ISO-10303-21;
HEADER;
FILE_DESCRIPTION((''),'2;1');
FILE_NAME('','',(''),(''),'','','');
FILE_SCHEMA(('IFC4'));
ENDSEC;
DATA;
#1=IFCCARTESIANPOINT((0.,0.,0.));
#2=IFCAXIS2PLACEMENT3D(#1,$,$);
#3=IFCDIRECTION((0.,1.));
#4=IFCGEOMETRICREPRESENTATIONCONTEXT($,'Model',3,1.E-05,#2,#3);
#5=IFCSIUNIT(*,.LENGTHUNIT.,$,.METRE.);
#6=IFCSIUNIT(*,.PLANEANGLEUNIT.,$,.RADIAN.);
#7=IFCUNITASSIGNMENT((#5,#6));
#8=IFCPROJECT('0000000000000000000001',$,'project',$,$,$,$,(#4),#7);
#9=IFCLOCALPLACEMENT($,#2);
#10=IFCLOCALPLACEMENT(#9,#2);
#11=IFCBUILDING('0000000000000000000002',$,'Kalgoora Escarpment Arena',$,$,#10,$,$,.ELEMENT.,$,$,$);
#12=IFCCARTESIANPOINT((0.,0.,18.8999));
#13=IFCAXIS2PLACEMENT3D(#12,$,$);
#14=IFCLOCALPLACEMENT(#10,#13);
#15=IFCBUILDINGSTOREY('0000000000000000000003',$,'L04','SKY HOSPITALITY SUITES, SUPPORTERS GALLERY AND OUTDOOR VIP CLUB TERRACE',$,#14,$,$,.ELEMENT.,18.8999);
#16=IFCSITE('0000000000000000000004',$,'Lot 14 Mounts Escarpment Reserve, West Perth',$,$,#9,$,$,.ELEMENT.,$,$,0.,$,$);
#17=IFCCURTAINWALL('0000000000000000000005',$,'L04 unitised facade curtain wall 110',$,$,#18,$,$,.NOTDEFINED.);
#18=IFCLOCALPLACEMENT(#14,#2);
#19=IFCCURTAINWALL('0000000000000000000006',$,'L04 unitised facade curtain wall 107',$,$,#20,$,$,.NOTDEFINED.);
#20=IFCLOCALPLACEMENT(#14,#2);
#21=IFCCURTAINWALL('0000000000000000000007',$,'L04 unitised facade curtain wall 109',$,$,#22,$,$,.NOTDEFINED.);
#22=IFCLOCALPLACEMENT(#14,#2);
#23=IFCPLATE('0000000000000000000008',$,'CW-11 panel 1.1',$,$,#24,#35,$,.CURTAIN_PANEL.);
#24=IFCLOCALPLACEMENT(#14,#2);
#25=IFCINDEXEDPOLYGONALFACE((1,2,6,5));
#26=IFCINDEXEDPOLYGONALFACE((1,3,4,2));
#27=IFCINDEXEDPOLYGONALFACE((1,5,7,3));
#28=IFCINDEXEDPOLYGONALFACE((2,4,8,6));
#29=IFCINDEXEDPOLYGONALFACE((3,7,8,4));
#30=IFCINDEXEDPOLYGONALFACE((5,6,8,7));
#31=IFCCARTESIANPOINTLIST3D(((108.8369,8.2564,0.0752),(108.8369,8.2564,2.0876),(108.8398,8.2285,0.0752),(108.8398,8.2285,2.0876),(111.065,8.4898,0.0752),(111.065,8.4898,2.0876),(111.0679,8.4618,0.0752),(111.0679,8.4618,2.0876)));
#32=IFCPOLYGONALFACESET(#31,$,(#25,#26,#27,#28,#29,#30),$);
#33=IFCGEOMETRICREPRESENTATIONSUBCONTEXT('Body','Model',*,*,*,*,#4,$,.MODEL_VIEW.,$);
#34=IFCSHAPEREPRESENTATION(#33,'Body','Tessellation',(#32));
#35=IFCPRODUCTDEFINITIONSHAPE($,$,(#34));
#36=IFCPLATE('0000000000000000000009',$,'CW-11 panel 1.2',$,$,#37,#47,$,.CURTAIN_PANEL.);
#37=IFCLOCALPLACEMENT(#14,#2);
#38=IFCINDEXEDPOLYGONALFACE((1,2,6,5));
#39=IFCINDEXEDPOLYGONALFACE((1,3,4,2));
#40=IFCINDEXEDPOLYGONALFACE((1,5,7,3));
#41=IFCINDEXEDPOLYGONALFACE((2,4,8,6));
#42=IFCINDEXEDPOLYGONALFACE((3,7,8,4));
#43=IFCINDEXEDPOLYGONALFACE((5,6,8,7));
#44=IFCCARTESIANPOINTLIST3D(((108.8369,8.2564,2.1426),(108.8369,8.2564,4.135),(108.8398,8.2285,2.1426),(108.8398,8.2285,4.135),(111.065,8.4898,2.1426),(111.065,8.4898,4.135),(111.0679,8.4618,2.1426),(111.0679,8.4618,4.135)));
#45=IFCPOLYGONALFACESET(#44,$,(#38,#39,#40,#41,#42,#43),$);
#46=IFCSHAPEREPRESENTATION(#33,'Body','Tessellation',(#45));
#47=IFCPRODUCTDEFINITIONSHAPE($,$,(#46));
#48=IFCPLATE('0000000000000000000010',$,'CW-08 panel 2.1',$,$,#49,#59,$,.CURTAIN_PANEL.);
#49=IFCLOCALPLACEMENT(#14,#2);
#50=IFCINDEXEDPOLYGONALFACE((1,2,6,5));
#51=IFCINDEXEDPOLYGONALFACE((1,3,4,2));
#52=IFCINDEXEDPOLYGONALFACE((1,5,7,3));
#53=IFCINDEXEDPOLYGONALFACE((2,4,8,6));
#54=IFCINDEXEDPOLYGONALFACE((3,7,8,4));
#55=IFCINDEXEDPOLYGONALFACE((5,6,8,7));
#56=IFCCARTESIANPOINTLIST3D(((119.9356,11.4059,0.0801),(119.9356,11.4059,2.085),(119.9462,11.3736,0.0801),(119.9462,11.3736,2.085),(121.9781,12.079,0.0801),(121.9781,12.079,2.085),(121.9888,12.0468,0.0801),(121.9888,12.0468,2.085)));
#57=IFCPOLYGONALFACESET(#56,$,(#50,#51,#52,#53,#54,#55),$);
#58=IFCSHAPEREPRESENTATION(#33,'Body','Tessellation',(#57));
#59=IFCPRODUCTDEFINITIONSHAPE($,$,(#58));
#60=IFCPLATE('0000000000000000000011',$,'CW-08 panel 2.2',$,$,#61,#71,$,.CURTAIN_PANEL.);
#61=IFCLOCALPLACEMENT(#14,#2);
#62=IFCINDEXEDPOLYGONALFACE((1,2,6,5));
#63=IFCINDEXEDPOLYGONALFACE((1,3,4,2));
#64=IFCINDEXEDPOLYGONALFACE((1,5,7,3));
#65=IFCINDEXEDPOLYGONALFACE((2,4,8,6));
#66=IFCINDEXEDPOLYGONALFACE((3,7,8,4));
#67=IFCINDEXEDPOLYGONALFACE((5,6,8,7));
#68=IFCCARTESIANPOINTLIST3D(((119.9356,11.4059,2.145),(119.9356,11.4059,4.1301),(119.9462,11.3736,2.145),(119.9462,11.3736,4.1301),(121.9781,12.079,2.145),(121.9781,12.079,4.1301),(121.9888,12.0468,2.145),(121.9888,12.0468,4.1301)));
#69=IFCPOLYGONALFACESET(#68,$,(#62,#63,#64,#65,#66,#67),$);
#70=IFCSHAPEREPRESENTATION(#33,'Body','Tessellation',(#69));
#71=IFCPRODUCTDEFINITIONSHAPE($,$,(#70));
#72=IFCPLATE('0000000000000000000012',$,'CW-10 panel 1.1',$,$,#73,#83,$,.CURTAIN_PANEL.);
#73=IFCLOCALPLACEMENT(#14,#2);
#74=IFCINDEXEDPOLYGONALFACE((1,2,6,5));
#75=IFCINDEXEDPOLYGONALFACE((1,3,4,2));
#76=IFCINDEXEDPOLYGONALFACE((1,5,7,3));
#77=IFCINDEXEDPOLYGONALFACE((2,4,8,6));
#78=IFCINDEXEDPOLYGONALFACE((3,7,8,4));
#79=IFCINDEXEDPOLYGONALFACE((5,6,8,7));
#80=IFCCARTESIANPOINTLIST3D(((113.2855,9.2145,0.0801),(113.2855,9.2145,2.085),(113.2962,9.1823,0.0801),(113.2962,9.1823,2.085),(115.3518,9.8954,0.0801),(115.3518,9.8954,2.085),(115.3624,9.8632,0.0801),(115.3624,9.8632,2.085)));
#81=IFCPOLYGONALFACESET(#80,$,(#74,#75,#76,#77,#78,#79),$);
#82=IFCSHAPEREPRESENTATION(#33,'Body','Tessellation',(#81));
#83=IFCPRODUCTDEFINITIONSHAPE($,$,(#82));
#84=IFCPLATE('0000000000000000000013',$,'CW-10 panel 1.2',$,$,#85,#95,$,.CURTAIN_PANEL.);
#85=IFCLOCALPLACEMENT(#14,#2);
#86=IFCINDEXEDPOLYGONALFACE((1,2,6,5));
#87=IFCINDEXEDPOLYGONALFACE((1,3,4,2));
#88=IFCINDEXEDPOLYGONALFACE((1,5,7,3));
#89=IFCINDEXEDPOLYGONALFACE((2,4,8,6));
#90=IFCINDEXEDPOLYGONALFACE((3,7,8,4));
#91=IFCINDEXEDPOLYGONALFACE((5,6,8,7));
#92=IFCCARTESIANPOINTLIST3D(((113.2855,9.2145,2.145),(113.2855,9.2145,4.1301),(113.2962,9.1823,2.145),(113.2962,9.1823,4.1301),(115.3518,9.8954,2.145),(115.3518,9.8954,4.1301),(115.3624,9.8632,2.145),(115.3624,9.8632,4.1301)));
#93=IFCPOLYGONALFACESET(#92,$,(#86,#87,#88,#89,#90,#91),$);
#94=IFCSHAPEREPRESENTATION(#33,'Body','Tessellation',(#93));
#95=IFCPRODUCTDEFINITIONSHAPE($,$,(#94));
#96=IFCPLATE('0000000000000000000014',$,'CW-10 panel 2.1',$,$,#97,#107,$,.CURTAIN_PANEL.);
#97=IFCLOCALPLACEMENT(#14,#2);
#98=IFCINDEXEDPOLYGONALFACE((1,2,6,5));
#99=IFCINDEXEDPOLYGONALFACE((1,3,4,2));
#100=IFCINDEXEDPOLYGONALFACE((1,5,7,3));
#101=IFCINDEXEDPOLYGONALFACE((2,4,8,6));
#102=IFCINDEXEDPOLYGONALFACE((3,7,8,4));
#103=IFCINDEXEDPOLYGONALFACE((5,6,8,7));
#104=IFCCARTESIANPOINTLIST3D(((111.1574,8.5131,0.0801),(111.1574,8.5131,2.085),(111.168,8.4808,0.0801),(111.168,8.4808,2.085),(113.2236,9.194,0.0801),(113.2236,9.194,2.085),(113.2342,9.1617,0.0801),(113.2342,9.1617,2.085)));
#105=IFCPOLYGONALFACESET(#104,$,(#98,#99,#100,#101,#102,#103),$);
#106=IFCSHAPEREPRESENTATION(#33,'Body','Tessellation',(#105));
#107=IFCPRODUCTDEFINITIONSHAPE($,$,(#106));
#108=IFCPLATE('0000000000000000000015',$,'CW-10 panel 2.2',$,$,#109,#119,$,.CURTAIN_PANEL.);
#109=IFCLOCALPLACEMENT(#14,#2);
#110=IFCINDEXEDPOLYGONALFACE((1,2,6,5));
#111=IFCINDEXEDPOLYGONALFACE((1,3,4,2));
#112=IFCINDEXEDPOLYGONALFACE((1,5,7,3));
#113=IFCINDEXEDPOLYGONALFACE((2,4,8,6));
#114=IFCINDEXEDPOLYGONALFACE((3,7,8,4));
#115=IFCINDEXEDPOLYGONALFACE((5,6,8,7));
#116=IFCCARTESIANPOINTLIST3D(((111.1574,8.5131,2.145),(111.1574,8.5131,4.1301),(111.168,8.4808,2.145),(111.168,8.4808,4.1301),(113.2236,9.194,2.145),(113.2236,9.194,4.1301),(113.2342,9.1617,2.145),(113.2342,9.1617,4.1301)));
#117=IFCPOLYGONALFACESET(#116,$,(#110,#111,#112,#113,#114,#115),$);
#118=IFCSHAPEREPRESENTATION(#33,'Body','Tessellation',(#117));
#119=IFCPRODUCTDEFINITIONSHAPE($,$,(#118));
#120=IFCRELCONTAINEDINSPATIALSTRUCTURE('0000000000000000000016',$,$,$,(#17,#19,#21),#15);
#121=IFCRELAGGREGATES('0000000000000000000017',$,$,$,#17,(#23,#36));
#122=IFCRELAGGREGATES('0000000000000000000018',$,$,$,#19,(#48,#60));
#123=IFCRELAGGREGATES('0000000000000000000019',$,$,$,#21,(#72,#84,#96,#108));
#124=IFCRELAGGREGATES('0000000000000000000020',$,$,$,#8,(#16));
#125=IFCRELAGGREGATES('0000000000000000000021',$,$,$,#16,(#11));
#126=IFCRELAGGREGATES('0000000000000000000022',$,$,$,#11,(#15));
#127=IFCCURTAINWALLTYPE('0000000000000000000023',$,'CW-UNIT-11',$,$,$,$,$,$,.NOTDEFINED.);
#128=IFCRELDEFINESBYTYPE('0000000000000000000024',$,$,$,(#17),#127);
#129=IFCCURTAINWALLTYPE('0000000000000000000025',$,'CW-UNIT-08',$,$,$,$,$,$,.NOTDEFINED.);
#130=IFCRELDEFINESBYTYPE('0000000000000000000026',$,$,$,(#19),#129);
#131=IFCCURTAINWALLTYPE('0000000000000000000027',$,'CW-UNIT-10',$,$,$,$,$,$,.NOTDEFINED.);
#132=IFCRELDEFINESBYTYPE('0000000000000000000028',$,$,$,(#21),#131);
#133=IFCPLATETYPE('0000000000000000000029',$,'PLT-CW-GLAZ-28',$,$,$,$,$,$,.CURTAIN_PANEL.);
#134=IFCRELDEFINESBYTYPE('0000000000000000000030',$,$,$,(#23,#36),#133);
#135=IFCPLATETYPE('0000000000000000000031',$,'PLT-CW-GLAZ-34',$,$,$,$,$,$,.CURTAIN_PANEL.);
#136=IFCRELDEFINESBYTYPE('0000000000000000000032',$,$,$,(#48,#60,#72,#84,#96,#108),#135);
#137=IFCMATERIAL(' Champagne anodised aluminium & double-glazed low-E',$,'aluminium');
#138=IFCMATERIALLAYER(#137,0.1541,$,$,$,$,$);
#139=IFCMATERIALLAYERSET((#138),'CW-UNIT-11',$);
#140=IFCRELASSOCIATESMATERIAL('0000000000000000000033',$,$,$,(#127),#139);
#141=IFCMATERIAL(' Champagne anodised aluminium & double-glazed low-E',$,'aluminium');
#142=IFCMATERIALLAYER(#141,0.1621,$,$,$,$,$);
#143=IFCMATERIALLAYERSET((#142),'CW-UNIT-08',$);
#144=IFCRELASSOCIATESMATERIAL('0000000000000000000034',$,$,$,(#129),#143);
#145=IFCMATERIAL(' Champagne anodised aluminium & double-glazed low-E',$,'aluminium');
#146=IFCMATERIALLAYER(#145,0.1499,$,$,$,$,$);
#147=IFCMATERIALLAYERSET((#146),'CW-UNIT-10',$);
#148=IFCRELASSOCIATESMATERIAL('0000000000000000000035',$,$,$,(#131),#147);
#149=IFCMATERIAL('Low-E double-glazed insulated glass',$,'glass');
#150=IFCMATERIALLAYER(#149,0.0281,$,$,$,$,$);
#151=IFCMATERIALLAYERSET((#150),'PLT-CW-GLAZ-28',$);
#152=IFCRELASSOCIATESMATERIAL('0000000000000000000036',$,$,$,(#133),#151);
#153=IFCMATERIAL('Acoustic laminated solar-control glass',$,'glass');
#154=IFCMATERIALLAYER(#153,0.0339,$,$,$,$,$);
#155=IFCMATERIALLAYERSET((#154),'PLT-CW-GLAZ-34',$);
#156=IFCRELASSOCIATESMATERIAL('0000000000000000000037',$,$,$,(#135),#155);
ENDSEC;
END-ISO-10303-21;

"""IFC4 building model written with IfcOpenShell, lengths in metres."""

from ifc_helpers import new_model, si_unit, direction, frame, origin, origin_2d, place, context, subcontext, project, spatial, rectangle, extrude, material, layer, layer_set, type_object, element, aggregate, save


model = new_model("IFC4")

# Units and contexts
model_context = context("Model", 3, precision=1e-05, world=origin(), true_north=direction((0.0, 1.0)))
body_context = subcontext(model_context, "Body", "Model", "MODEL_VIEW")
ifc_project = project(units=[si_unit("LENGTHUNIT", "METRE"), si_unit("PLANEANGLEUNIT", "RADIAN")], contexts=[model_context])

# Site, building, storey
site_placement = place(None, origin())
site = spatial("IfcSite", under=ifc_project, at=site_placement, Name="Lot 14 Mounts Escarpment Reserve, West Perth", CompositionType="ELEMENT", RefElevation=0.0)
building_placement = place(site_placement, origin())
building = spatial("IfcBuilding", under=site, at=building_placement, Name="Kalgoora Escarpment Arena", CompositionType="ELEMENT")
storey_placement = place(building_placement, frame((0.0, 0.0, 18.8999)))
storey = spatial("IfcBuildingStorey", under=building, at=storey_placement, Name="L04", Description="SKY HOSPITALITY SUITES, SUPPORTERS GALLERY AND OUTDOOR VIP CLUB TERRACE", CompositionType="ELEMENT", Elevation=18.8999)

# Curtain walls
ifc_material_1 = material(Name=" Champagne anodised aluminium & double-glazed low-E", Category="aluminium")
ifc_layer_1 = layer(ifc_material_1, 0.1541)
ifc_layer_set_1 = layer_set([ifc_layer_1], Name="CW-UNIT-11")
curtain_wall_type_1 = type_object("IfcCurtainWallType", Name="CW-UNIT-11", PredefinedType="NOTDEFINED", material=ifc_layer_set_1)
curtain_wall_1_placement = place(storey_placement, origin())
curtain_wall_1 = element("IfcCurtainWall", 1, at=curtain_wall_1_placement, inside=storey, type_object=curtain_wall_type_1, Name="L04 unitised facade curtain wall 110", PredefinedType="NOTDEFINED")
ifc_material_2 = material(Name=" Champagne anodised aluminium & double-glazed low-E", Category="aluminium")
ifc_layer_2 = layer(ifc_material_2, 0.1621)
ifc_layer_set_2 = layer_set([ifc_layer_2], Name="CW-UNIT-08")
curtain_wall_type_2 = type_object("IfcCurtainWallType", Name="CW-UNIT-08", PredefinedType="NOTDEFINED", material=ifc_layer_set_2)
curtain_wall_2_placement = place(storey_placement, origin())
curtain_wall_2 = element("IfcCurtainWall", 2, at=curtain_wall_2_placement, inside=storey, type_object=curtain_wall_type_2, Name="L04 unitised facade curtain wall 107", PredefinedType="NOTDEFINED")

# Curtain wall
ifc_material_3 = material(Name=" Champagne anodised aluminium & double-glazed low-E", Category="aluminium")
ifc_layer_3 = layer(ifc_material_3, 0.1499)
ifc_layer_set_3 = layer_set([ifc_layer_3], Name="CW-UNIT-10")
curtain_wall_type_3 = type_object("IfcCurtainWallType", Name="CW-UNIT-10", PredefinedType="NOTDEFINED", material=ifc_layer_set_3)
curtain_wall_3_placement = place(storey_placement, origin())
curtain_wall_3 = element("IfcCurtainWall", 3, at=curtain_wall_3_placement, inside=storey, type_object=curtain_wall_type_3, Name="L04 unitised facade curtain wall 109", PredefinedType="NOTDEFINED")

# Plates
ifc_material_4 = material(Name="Low-E double-glazed insulated glass", Category="glass")
ifc_layer_4 = layer(ifc_material_4, 0.0281)
ifc_layer_set_4 = layer_set([ifc_layer_4], Name="PLT-CW-GLAZ-28")
plate_type_1 = type_object("IfcPlateType", Name="PLT-CW-GLAZ-28", PredefinedType="CURTAIN_PANEL", material=ifc_layer_set_4)
plate_1_placement = place(storey_placement, frame((109.9524, 8.3591, 0.0752), z_axis=(0.0, 0.0, 1.0), x_axis=(-0.994561, -0.104158, 0.0)))
plate_1 = element("IfcPlate", 4, at=plate_1_placement, type_object=plate_type_1, Name="CW-11 panel 1.1", PredefinedType="CURTAIN_PANEL", context=body_context, shape_type="SweptSolid", body=[
    extrude(rectangle(XDim=2.2402, YDim=0.0281, at=origin_2d()), origin(), (0.0, 0.0, 1.0), 2.0125),
])
plate_2_placement = place(storey_placement, frame((109.9524, 8.3591, 2.1426), z_axis=(0.0, 0.0, 1.0), x_axis=(-0.994561, -0.104158, 0.0)))
plate_2 = element("IfcPlate", 5, at=plate_2_placement, type_object=plate_type_1, Name="CW-11 panel 1.2", PredefinedType="CURTAIN_PANEL", context=body_context, shape_type="SweptSolid", body=[
    extrude(rectangle(XDim=2.2402, YDim=0.0281, at=origin_2d()), origin(), (0.0, 0.0, 1.0), 1.9924),
])
aggregate(curtain_wall_1, [plate_1, plate_2])
ifc_material_5 = material(Name="Acoustic laminated solar-control glass", Category="glass")
ifc_layer_5 = layer(ifc_material_5, 0.0339)
ifc_layer_set_5 = layer_set([ifc_layer_5], Name="PLT-CW-GLAZ-34")
plate_type_2 = type_object("IfcPlateType", Name="PLT-CW-GLAZ-34", PredefinedType="CURTAIN_PANEL", material=ifc_layer_set_5)
plate_3_placement = place(storey_placement, frame((120.9622, 11.7263, 0.0801), z_axis=(0.0, 0.0, 1.0), x_axis=(-0.949756, -0.31299, 0.0)))
plate_3 = element("IfcPlate", 6, at=plate_3_placement, type_object=plate_type_2, Name="CW-08 panel 2.1", PredefinedType="CURTAIN_PANEL", context=body_context, shape_type="SweptSolid", body=[
    extrude(rectangle(XDim=2.1506, YDim=0.0339, at=origin_2d()), origin(), (0.0, 0.0, 1.0), 2.0049),
])
plate_4_placement = place(storey_placement, frame((120.9622, 11.7263, 2.145), z_axis=(0.0, 0.0, 1.0), x_axis=(-0.949756, -0.31299, 0.0)))
plate_4 = element("IfcPlate", 7, at=plate_4_placement, type_object=plate_type_2, Name="CW-08 panel 2.2", PredefinedType="CURTAIN_PANEL", context=body_context, shape_type="SweptSolid", body=[
    extrude(rectangle(XDim=2.1506, YDim=0.0339, at=origin_2d()), origin(), (0.0, 0.0, 1.0), 1.9851),
])
aggregate(curtain_wall_2, [plate_3, plate_4])
plate_5_placement = place(storey_placement, frame((114.324, 9.5388, 0.0801), z_axis=(0.0, 0.0, 1.0), x_axis=(-0.94976, -0.312979, 0.0)))
plate_5 = element("IfcPlate", 8, at=plate_5_placement, type_object=plate_type_2, Name="CW-10 panel 1.1", PredefinedType="CURTAIN_PANEL", context=body_context, shape_type="SweptSolid", body=[
    extrude(rectangle(XDim=2.1755, YDim=0.0339, at=origin_2d()), origin(), (0.0, 0.0, 1.0), 2.0049),
])
plate_6_placement = place(storey_placement, frame((114.324, 9.5388, 2.145), z_axis=(0.0, 0.0, 1.0), x_axis=(-0.94976, -0.312979, 0.0)))
plate_6 = element("IfcPlate", 9, at=plate_6_placement, type_object=plate_type_2, Name="CW-10 panel 1.2", PredefinedType="CURTAIN_PANEL", context=body_context, shape_type="SweptSolid", body=[
    extrude(rectangle(XDim=2.1755, YDim=0.0339, at=origin_2d()), origin(), (0.0, 0.0, 1.0), 1.9851),
])
plate_7_placement = place(storey_placement, frame((112.1958, 8.8374, 0.0801), z_axis=(0.0, 0.0, 1.0), x_axis=(-0.94976, -0.312979, 0.0)))
plate_7 = element("IfcPlate", 10, at=plate_7_placement, type_object=plate_type_2, Name="CW-10 panel 2.1", PredefinedType="CURTAIN_PANEL", context=body_context, shape_type="SweptSolid", body=[
    extrude(rectangle(XDim=2.1755, YDim=0.0339, at=origin_2d()), origin(), (0.0, 0.0, 1.0), 2.0049),
])
plate_8_placement = place(storey_placement, frame((112.1958, 8.8374, 2.145), z_axis=(0.0, 0.0, 1.0), x_axis=(-0.94976, -0.312979, 0.0)))
plate_8 = element("IfcPlate", 11, at=plate_8_placement, type_object=plate_type_2, Name="CW-10 panel 2.2", PredefinedType="CURTAIN_PANEL", context=body_context, shape_type="SweptSolid", body=[
    extrude(rectangle(XDim=2.1755, YDim=0.0339, at=origin_2d()), origin(), (0.0, 0.0, 1.0), 1.9851),
])
aggregate(curtain_wall_3, [plate_5, plate_6, plate_7, plate_8])

save(model, "model.ifc")
